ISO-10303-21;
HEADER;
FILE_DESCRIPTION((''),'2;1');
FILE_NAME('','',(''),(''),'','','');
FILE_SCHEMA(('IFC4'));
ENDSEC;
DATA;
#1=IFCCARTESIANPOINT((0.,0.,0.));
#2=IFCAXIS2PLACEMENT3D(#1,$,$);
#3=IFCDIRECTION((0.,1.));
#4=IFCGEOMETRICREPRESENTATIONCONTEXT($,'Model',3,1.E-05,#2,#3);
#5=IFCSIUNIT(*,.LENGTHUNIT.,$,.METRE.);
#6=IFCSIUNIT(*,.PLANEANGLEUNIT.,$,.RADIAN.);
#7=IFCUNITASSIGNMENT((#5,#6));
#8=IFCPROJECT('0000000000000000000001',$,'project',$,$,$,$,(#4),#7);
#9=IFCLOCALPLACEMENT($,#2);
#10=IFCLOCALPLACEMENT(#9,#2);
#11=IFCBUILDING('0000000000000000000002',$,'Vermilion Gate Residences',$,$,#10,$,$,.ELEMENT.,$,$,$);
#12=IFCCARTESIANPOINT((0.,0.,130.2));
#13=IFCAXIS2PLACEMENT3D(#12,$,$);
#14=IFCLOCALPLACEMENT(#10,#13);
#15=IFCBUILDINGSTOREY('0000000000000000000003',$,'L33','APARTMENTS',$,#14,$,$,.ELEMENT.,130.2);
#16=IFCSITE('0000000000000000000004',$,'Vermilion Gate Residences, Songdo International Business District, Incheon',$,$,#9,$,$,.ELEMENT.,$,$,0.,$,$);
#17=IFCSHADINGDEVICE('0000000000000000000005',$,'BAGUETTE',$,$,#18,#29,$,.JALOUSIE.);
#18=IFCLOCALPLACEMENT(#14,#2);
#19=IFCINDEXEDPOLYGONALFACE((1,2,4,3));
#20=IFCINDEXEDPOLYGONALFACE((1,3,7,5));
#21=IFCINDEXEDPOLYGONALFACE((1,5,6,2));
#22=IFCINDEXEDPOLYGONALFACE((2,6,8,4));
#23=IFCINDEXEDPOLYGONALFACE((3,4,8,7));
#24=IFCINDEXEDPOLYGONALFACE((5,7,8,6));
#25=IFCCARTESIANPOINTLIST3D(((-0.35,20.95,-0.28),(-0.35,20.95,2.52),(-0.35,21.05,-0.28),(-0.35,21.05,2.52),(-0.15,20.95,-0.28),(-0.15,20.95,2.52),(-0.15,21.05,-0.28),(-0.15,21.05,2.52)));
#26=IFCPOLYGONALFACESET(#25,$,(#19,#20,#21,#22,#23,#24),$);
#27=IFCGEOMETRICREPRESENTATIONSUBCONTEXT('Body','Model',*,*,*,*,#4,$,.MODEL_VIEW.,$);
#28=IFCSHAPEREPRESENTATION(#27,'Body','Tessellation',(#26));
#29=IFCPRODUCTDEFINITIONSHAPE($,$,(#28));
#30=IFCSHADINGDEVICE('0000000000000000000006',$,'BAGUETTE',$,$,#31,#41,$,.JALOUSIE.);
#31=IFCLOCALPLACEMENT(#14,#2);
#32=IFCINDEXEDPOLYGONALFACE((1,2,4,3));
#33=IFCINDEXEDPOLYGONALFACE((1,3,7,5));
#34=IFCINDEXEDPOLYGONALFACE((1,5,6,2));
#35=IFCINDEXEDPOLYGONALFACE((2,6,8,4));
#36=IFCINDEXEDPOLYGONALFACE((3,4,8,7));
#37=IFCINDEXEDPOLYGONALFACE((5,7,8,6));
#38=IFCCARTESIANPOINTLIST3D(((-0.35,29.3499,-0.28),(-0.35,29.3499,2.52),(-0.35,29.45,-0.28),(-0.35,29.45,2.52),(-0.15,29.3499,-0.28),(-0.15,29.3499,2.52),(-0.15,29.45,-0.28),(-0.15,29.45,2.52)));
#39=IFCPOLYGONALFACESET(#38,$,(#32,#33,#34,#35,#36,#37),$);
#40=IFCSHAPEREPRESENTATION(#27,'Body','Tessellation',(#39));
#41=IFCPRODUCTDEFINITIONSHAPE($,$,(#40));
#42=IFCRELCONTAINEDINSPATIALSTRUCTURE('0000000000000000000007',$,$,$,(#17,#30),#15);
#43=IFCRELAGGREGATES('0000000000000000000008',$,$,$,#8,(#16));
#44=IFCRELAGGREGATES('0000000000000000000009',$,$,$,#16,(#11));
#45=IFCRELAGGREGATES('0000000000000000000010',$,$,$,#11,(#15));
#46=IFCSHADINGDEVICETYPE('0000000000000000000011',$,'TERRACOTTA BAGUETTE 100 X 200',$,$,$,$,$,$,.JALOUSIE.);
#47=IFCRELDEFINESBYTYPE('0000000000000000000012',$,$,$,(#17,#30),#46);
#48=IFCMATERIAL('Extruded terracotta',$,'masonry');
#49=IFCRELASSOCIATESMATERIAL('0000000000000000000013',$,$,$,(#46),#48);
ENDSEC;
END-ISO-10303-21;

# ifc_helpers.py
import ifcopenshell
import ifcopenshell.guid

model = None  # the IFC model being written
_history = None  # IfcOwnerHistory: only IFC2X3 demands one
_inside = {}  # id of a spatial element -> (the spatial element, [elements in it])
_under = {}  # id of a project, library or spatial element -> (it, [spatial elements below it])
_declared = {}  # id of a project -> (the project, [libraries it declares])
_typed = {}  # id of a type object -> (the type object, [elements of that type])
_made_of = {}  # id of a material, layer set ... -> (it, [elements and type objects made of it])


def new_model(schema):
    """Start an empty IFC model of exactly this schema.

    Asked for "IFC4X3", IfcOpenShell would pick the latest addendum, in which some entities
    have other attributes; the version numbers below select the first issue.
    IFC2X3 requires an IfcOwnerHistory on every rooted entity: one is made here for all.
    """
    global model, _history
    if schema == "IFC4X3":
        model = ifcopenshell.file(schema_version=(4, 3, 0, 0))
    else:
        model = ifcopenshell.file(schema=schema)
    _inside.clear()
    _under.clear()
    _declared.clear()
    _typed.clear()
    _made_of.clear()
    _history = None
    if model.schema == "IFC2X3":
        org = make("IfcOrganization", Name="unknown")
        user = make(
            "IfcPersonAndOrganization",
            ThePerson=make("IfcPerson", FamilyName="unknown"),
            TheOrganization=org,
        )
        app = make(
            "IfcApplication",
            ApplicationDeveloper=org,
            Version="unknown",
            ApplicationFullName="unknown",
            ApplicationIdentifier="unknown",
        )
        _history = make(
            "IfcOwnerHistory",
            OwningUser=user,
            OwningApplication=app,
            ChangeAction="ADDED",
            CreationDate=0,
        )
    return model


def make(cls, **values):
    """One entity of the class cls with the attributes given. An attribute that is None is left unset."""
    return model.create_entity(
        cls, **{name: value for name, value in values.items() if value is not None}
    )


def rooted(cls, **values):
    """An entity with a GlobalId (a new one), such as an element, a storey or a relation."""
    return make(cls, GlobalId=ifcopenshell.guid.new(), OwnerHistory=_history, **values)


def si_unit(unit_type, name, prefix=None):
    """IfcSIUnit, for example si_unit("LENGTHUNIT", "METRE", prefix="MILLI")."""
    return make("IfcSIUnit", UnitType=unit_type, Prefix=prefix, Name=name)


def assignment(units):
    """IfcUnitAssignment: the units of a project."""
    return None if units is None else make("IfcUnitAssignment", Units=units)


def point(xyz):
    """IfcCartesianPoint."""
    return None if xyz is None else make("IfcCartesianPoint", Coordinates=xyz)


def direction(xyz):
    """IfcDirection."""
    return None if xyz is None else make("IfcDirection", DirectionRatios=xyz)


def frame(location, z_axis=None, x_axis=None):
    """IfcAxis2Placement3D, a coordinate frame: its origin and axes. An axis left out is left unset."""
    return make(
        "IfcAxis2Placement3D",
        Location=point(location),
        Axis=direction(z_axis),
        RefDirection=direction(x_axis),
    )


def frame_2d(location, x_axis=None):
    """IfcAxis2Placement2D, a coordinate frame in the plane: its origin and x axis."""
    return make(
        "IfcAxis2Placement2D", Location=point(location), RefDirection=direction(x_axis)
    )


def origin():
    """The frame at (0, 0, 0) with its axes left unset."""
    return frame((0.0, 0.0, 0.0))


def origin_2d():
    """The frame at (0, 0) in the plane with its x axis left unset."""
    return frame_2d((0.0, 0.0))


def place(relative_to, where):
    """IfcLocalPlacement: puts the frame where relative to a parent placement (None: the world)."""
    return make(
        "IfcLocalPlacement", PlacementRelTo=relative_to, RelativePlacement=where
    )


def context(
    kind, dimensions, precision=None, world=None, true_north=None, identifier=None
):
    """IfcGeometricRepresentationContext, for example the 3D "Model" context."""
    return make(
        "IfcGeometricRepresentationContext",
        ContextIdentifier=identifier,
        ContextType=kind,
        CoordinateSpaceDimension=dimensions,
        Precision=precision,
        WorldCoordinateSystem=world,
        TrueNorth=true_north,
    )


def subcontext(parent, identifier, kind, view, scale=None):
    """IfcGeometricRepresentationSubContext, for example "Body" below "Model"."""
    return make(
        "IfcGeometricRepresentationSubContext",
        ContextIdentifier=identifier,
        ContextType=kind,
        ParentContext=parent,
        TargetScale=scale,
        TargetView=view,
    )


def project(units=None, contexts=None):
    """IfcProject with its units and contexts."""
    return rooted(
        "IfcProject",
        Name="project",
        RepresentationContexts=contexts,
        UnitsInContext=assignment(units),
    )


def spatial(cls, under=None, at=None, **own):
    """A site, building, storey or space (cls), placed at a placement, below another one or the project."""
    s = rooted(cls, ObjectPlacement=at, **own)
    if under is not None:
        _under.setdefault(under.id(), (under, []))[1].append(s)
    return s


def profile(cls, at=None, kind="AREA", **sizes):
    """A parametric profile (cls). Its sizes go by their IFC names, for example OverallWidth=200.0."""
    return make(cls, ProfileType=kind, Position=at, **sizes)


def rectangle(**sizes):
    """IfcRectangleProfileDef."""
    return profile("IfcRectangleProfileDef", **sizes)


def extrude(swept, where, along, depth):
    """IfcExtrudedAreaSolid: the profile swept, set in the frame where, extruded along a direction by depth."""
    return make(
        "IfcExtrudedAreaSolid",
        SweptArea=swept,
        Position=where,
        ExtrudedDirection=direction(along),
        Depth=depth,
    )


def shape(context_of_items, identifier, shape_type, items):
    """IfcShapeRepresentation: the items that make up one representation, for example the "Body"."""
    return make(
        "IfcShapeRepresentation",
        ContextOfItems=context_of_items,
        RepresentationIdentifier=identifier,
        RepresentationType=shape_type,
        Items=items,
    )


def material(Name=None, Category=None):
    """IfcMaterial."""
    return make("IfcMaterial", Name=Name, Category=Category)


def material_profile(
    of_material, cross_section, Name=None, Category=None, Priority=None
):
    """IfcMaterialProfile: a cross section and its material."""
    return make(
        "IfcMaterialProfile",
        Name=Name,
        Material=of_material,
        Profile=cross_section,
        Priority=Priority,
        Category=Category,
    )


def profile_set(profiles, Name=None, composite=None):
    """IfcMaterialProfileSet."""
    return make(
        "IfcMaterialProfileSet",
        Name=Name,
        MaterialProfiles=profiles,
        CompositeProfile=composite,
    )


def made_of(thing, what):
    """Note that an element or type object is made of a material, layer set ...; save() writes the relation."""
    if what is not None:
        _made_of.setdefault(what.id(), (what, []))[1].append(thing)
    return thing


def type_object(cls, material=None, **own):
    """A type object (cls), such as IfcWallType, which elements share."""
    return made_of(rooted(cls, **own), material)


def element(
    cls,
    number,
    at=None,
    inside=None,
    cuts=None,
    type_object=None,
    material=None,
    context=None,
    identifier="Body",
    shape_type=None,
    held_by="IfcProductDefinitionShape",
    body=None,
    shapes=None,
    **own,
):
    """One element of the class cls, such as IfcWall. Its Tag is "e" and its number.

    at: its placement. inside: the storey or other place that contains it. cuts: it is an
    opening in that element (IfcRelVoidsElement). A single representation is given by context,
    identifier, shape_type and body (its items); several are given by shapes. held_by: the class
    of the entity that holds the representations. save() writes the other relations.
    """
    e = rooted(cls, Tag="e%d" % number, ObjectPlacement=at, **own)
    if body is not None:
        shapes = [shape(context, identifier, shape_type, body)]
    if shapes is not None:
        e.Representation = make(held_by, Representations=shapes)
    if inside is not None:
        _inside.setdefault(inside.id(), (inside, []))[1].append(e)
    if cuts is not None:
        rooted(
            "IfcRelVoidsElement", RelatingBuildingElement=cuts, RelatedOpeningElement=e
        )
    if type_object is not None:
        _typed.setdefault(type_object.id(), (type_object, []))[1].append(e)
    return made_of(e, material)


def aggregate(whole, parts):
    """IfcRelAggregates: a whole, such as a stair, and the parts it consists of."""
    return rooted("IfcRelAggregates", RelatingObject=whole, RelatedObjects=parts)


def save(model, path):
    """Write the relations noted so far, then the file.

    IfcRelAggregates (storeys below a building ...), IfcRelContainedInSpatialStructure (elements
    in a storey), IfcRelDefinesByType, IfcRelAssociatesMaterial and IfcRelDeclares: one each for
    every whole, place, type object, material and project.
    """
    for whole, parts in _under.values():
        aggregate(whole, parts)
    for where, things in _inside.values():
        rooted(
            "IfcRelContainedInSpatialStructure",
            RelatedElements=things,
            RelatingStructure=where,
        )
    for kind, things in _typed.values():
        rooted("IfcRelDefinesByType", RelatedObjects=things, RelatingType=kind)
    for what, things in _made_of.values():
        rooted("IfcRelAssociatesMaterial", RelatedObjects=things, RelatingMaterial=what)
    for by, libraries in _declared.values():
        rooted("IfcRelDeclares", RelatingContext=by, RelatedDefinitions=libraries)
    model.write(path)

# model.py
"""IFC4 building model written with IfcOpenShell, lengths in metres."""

from ifc_helpers import new_model, si_unit, direction, frame, origin, origin_2d, place, context, subcontext, project, spatial, rectangle, extrude, material, material_profile, profile_set, type_object, element, save


model = new_model("IFC4")

# Units and contexts
model_context = context("Model", 3, precision=1e-05, world=origin(), true_north=direction((0.0, 1.0)))
body_context = subcontext(model_context, "Body", "Model", "MODEL_VIEW")
ifc_project = project(units=[si_unit("LENGTHUNIT", "METRE"), si_unit("PLANEANGLEUNIT", "RADIAN")], contexts=[model_context])

# Site, building, storey
site_placement = place(None, origin())
site = spatial("IfcSite", under=ifc_project, at=site_placement, Name="Vermilion Gate Residences, Songdo International Business District, Incheon", CompositionType="ELEMENT", RefElevation=0.0)
building_placement = place(site_placement, origin())
building = spatial("IfcBuilding", under=site, at=building_placement, Name="Vermilion Gate Residences", CompositionType="ELEMENT")
storey_placement = place(building_placement, frame((0.0, 0.0, 130.2)))
storey = spatial("IfcBuildingStorey", under=building, at=storey_placement, Name="L33", Description="APARTMENTS", CompositionType="ELEMENT", Elevation=130.2)

# Shading devices
ifc_material_1 = material(Name="Extruded terracotta", Category="masonry")
ifc_material_profile_1 = material_profile(ifc_material_1, rectangle(XDim=0.2, YDim=0.1001, at=origin_2d()), Name="BAGUETTE 100 X 200")
ifc_profile_set_1 = profile_set([ifc_material_profile_1], Name="Extruded terracotta")
shading_device_type = type_object("IfcShadingDeviceType", Name="TERRACOTTA BAGUETTE 100 X 200", PredefinedType="JALOUSIE", material=ifc_profile_set_1)
for number, where, z_axis, x_axis, name in (
    (1, (-0.25, 21.0, -0.28), (0.0, 0.0, 1.0), (1.0, 0.0, 0.0), "BAGUETTE"),
    (2, (-0.25, 29.3999, -0.28), (0.0, 0.0, 1.0), (1.0, 0.0, 0.0), "BAGUETTE"),
):
    element("IfcShadingDevice", number, at=place(storey_placement, frame(where, z_axis=z_axis, x_axis=x_axis)), inside=storey, type_object=shading_device_type, Name=name, PredefinedType="JALOUSIE", context=body_context, shape_type="SweptSolid", body=[
        extrude(rectangle(XDim=0.2, YDim=0.1001, at=origin_2d()), origin(), (0.0, 0.0, 1.0), 2.8),
    ])

save(model, "model.ifc")
